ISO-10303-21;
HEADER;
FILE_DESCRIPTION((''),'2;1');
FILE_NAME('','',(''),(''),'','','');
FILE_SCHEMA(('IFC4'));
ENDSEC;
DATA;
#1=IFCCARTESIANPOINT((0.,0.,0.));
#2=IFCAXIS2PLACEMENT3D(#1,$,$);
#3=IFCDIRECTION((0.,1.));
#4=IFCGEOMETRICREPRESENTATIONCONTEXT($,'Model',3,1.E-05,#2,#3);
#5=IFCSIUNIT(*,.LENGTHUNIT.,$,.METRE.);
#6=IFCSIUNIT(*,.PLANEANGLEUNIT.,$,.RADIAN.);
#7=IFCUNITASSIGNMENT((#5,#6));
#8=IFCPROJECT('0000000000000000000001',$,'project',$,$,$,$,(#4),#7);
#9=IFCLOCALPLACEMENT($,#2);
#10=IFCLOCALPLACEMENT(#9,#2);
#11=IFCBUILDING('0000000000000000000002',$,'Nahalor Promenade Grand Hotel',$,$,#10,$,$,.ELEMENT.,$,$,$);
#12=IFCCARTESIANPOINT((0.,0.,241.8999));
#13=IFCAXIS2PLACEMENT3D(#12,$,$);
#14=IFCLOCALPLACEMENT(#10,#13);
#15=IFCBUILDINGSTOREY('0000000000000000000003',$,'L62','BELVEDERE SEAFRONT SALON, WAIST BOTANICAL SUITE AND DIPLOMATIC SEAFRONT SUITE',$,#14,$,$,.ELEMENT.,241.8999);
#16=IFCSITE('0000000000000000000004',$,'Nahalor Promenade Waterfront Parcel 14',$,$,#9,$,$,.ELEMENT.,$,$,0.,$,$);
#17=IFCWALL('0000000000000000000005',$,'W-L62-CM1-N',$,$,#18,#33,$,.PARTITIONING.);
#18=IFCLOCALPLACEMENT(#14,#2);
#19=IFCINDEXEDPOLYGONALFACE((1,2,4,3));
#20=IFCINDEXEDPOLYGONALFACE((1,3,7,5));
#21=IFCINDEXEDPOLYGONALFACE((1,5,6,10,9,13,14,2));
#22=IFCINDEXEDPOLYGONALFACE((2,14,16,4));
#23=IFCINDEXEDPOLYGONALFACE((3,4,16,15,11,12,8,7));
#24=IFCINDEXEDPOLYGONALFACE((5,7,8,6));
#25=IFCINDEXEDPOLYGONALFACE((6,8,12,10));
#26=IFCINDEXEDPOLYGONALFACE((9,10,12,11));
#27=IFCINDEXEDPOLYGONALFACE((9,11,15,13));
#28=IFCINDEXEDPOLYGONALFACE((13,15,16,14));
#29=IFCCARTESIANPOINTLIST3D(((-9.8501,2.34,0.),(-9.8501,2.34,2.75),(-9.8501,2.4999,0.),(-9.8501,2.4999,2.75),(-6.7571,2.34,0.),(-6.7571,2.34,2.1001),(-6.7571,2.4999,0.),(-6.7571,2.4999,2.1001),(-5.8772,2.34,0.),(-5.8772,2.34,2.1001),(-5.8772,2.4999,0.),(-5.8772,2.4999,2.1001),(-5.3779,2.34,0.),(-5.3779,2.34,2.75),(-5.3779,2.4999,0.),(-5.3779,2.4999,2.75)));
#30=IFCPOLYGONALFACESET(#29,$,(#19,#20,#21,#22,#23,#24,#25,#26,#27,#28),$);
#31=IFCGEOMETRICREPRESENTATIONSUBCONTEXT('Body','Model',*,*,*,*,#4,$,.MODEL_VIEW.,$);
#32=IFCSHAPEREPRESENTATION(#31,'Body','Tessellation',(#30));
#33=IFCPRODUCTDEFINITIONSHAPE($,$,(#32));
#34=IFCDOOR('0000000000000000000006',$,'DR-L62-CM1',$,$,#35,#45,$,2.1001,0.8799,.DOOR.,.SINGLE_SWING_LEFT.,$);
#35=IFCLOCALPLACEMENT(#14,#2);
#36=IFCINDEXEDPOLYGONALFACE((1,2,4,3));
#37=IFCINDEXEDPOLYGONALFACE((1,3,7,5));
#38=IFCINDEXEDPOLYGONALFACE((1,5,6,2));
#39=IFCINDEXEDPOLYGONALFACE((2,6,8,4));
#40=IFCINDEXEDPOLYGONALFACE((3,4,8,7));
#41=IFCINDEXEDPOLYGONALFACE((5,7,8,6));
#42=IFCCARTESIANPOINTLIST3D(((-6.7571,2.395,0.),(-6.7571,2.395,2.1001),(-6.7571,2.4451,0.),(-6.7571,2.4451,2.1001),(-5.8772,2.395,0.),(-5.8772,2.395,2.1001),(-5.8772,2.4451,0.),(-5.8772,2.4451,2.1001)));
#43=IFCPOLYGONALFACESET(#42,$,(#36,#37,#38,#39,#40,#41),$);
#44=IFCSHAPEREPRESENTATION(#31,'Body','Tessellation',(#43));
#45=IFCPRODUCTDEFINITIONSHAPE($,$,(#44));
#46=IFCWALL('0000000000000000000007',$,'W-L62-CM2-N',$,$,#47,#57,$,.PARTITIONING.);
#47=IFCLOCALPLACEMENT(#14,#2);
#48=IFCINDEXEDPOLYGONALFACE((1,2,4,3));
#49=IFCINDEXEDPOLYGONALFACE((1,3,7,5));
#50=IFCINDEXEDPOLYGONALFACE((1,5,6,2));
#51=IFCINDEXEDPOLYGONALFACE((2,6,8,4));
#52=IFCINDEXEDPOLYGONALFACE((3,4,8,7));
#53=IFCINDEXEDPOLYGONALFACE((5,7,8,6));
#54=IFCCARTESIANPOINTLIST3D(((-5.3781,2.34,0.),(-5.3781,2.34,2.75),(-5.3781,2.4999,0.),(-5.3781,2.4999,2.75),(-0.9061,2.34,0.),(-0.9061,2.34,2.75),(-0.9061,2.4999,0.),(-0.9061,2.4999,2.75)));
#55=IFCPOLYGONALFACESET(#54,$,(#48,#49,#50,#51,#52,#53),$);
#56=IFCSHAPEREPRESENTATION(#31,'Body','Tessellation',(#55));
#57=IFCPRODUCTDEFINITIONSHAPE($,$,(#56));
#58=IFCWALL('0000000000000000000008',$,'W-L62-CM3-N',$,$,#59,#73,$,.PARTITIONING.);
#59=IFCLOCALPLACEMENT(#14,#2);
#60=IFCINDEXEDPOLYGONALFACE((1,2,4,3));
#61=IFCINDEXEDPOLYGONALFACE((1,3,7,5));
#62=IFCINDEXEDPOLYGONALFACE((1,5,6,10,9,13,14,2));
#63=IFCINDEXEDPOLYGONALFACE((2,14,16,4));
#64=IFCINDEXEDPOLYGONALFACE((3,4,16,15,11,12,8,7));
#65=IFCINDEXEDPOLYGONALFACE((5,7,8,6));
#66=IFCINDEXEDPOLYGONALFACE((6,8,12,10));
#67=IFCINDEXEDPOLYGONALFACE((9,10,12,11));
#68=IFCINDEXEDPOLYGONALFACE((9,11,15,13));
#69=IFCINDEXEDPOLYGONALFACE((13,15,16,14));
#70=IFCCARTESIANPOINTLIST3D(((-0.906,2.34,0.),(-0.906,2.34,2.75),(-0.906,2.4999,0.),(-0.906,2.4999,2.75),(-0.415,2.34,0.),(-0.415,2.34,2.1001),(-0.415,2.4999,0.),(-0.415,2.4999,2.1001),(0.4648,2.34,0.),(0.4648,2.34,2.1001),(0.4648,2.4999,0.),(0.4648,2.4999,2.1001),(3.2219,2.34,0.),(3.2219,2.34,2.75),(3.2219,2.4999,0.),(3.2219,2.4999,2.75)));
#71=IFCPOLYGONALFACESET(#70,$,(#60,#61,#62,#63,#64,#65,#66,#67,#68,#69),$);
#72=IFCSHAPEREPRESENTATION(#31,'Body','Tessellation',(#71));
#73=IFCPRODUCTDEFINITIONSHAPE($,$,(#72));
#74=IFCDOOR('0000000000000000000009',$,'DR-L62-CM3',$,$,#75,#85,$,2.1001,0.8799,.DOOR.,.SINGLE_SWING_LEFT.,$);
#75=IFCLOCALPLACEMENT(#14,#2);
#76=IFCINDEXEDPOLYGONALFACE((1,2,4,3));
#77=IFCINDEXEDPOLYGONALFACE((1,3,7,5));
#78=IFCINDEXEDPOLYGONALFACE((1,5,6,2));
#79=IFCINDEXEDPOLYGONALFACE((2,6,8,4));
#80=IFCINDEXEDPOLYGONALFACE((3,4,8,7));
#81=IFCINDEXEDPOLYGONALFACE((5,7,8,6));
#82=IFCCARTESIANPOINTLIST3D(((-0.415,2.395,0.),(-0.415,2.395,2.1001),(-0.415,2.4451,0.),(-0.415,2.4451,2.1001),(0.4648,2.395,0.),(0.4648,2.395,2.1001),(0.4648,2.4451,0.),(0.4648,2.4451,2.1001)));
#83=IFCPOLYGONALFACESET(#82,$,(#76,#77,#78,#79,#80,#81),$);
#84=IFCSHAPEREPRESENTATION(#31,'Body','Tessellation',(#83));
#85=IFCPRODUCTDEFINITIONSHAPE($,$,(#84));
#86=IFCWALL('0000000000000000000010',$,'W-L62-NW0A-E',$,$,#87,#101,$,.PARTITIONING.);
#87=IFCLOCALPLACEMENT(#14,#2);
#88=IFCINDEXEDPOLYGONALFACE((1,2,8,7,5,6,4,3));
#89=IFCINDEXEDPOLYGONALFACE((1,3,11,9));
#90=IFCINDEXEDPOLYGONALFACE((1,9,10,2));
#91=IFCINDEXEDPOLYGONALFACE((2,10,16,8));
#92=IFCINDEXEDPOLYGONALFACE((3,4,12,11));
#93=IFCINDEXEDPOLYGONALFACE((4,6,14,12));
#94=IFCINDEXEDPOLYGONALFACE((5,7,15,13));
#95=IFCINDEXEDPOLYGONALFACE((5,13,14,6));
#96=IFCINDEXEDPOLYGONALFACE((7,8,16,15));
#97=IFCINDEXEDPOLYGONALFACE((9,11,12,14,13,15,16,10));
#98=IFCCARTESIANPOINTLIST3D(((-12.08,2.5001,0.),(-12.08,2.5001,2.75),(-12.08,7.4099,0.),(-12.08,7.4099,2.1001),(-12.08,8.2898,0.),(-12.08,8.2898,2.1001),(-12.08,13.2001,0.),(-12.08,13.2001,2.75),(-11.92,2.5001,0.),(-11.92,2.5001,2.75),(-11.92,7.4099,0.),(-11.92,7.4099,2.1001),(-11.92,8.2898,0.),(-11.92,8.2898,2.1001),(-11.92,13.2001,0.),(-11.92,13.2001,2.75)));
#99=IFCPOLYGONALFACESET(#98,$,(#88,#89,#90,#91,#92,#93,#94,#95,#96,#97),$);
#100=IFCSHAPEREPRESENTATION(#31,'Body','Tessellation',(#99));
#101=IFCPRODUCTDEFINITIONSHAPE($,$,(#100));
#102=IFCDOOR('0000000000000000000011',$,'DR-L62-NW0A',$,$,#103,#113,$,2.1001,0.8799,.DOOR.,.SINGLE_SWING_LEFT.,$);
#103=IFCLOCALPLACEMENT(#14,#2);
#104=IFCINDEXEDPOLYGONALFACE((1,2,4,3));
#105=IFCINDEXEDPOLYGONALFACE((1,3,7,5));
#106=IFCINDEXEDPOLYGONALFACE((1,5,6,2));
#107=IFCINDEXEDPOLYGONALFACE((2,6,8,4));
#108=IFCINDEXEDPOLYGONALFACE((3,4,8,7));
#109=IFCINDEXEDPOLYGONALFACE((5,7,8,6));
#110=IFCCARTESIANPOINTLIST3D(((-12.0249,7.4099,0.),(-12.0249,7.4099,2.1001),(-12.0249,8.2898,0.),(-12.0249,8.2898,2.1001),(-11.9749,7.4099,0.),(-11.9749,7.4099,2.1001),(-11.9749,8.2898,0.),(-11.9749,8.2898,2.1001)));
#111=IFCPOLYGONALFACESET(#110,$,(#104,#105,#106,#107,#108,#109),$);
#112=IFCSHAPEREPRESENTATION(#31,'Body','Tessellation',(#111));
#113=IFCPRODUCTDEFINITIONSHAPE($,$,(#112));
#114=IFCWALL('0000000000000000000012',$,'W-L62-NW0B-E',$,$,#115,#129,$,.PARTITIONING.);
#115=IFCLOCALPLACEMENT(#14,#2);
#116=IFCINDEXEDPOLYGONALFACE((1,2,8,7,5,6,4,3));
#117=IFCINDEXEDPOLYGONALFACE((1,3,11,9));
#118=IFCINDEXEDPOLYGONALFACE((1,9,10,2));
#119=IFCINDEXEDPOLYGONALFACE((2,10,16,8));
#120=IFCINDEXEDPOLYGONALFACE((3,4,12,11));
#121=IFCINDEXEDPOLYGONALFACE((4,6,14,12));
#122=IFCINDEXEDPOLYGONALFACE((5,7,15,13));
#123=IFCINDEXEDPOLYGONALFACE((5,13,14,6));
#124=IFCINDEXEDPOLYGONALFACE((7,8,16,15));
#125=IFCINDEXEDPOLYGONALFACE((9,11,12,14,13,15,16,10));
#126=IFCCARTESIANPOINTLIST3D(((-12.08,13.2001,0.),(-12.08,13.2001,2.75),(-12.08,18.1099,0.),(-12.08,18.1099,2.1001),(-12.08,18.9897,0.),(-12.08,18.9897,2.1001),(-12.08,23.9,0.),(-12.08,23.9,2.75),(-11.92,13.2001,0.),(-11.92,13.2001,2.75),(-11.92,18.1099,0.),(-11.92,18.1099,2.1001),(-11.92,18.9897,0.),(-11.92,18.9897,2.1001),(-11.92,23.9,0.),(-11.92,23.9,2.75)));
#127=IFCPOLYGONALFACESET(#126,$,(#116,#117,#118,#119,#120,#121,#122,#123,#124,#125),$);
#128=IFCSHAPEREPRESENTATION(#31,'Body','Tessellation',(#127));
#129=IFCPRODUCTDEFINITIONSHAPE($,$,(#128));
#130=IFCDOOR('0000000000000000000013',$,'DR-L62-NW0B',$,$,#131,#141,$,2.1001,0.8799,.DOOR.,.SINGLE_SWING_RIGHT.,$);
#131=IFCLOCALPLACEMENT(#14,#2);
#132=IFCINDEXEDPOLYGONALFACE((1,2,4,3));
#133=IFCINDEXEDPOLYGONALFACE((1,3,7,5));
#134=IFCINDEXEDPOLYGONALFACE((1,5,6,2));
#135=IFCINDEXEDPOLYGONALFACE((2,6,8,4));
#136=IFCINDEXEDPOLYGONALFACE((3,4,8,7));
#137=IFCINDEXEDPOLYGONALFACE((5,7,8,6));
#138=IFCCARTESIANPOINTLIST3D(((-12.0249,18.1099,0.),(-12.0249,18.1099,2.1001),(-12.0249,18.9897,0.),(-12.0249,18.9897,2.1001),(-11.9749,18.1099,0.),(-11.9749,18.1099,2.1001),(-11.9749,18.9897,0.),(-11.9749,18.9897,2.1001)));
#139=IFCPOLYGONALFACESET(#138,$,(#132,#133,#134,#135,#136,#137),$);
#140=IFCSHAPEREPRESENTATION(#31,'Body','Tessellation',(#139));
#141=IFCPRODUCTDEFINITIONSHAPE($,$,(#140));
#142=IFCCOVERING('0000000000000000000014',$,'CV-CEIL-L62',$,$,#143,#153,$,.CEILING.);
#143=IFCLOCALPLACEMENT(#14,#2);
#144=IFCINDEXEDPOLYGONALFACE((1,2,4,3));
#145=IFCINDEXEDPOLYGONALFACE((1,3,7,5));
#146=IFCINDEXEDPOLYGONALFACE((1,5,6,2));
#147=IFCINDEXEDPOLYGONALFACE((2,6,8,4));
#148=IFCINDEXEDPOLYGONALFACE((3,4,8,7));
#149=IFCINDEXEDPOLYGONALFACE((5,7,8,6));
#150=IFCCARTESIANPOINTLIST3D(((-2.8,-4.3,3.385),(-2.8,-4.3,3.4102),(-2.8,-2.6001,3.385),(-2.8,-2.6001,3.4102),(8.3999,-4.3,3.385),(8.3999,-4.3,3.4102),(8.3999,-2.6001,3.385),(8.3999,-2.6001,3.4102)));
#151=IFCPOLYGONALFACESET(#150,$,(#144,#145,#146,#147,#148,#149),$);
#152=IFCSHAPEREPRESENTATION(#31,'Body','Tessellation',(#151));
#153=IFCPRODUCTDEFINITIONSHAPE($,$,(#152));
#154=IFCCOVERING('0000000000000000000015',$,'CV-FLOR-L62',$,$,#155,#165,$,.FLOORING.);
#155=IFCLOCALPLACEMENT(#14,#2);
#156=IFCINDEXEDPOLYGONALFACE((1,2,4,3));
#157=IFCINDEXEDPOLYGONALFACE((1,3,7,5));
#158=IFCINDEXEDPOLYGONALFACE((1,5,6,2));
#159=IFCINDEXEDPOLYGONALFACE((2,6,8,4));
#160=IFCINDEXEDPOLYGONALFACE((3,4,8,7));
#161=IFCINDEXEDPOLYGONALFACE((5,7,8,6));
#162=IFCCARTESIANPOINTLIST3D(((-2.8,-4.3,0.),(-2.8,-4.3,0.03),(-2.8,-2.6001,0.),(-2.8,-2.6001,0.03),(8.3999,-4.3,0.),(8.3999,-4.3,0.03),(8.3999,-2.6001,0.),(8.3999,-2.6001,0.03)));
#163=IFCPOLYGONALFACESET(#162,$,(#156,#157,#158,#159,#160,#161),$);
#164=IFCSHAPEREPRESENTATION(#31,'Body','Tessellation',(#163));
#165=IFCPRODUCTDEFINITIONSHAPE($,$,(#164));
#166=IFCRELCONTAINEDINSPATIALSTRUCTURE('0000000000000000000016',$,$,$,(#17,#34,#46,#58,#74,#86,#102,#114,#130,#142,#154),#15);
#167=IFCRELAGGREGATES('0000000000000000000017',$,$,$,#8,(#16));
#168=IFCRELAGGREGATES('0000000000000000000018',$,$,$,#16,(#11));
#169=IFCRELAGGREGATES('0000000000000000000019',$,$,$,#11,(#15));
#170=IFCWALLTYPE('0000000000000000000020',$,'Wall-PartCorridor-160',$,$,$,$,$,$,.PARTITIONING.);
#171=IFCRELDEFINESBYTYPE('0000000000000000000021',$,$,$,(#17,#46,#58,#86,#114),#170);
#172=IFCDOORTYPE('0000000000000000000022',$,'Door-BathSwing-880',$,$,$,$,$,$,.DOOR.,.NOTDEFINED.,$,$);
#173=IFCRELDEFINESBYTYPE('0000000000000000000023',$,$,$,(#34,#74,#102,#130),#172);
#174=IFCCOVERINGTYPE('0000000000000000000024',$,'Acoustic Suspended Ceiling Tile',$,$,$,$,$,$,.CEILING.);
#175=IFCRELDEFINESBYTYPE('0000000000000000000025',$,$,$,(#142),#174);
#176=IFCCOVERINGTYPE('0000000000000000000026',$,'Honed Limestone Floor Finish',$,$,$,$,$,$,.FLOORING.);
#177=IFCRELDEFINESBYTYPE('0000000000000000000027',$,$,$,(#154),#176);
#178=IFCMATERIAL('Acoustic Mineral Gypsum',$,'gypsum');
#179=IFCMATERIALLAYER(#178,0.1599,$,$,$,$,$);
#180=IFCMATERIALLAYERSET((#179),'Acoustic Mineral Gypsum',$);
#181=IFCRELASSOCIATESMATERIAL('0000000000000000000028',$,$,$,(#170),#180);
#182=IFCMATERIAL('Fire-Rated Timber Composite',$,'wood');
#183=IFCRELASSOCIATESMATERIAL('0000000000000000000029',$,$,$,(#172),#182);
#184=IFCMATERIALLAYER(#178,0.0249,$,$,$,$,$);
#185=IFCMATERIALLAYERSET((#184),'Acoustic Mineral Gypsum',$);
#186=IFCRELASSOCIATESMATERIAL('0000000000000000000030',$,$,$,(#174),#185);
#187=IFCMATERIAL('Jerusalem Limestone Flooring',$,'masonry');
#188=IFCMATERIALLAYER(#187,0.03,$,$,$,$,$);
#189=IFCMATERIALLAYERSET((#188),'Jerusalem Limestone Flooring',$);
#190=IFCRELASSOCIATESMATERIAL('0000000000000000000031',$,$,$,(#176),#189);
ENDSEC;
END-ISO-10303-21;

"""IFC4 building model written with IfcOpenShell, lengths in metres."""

from ifc_helpers import new_model, si_unit, direction, frame, frame_2d, origin, place, context, subcontext, project, spatial, polyline, rectangle, outline, extrude, source, transform, mapped, material, layer, layer_set, type_object, element, fill, save


model = new_model("IFC4")

# Units and contexts
model_context = context("Model", 3, precision=1e-05, world=origin(), true_north=direction((0.0, 1.0)))
body_context = subcontext(model_context, "Body", "Model", "MODEL_VIEW")
ifc_project = project(units=[si_unit("LENGTHUNIT", "METRE"), si_unit("PLANEANGLEUNIT", "RADIAN")], contexts=[model_context])

# Site, building, storey
site_placement = place(None, origin())
site = spatial("IfcSite", under=ifc_project, at=site_placement, Name="Nahalor Promenade Waterfront Parcel 14", CompositionType="ELEMENT", RefElevation=0.0)
building_placement = place(site_placement, origin())
building = spatial("IfcBuilding", under=site, at=building_placement, Name="Nahalor Promenade Grand Hotel", CompositionType="ELEMENT")
storey_placement = place(building_placement, frame((0.0, 0.0, 241.8999)))
storey = spatial("IfcBuildingStorey", under=building, at=storey_placement, Name="L62", Description="BELVEDERE SEAFRONT SALON, WAIST BOTANICAL SUITE AND DIPLOMATIC SEAFRONT SUITE", CompositionType="ELEMENT", Elevation=241.8999)

# Shared definitions
ifc_material_1 = material(Name="Acoustic Mineral Gypsum", Category="gypsum")

# Shared definitions
ifc_layer_1 = layer(ifc_material_1, 0.1599)
ifc_layer_set_1 = layer_set([ifc_layer_1], Name="Acoustic Mineral Gypsum")
wall_type_1 = type_object("IfcWallType", Name="Wall-PartCorridor-160", PredefinedType="PARTITIONING", material=ifc_layer_set_1)
ifc_material_2 = material(Name="Fire-Rated Timber Composite", Category="wood")

# Wall, opening, door
shared_shape_1 = source(origin(), body_context, "Body", "SweptSolid", [
    extrude(rectangle(XDim=4.4722, YDim=0.1599, at=frame_2d((2.2361, 0.0))), origin(), (0.0, 0.0, 1.0), 2.75),
])
wall_1_placement = place(storey_placement, frame((-9.8501, 2.4199, 0.0), z_axis=(0.0, 0.0, 1.0), x_axis=(1.0, 0.0, 0.0)))
wall_1 = element("IfcWall", 1, at=wall_1_placement, inside=storey, type_object=wall_type_1, Name="W-L62-CM1-N", PredefinedType="PARTITIONING", context=body_context, shape_type="MappedRepresentation", body=[
    mapped(shared_shape_1, transform((0.0, 0.0, 0.0), scale=1.0)),
])
opening_1_placement = place(wall_1_placement, frame((3.093, 0.0, 0.0)))
opening_1 = element("IfcOpeningElement", 2, at=opening_1_placement, cuts=wall_1, PredefinedType="OPENING", context=body_context, shape_type="SweptSolid", body=[
    extrude(rectangle(XDim=0.8799, YDim=2.1001, at=frame_2d((0.4399, 1.05))), frame((0.0, 0.0898, 0.0), z_axis=(0.0, -1.0, 0.0), x_axis=(1.0, 0.0, 0.0)), (0.0, 0.0, 1.0), 0.1799),
])
door_type_1 = type_object("IfcDoorType", Name="Door-BathSwing-880", OperationType="NOTDEFINED", PredefinedType="DOOR", material=ifc_material_2)
shared_shape_2 = source(origin(), body_context, "Body", "SweptSolid", [
    extrude(rectangle(XDim=0.8799, YDim=2.1001, at=frame_2d((0.4399, 1.05))), frame((0.0, 0.0249, 0.0), z_axis=(0.0, -1.0, 0.0), x_axis=(1.0, 0.0, 0.0)), (0.0, 0.0, 1.0), 0.05),
])
door_1_placement = place(opening_1_placement, frame((0.8799, 0.0, 0.0), z_axis=(0.0, 0.0, 1.0), x_axis=(-1.0, 0.0, 0.0)))
door_1 = element("IfcDoor", 3, at=door_1_placement, inside=storey, type_object=door_type_1, Name="DR-L62-CM1", OperationType="SINGLE_SWING_LEFT", OverallHeight=2.1001, OverallWidth=0.8799, PredefinedType="DOOR", context=body_context, shape_type="MappedRepresentation", body=[
    mapped(shared_shape_2, transform((0.0, 0.0, 0.0), scale=1.0)),
])
fill(opening_1, door_1)

# Wall
shared_shape_3 = source(origin(), body_context, "Body", "SweptSolid", [
    extrude(rectangle(XDim=4.4719, YDim=0.1599, at=frame_2d((2.2358, 0.0))), origin(), (0.0, 0.0, 1.0), 2.75),
])
wall_2_placement = place(storey_placement, frame((-5.3779, 2.4199, 0.0), z_axis=(0.0, 0.0, 1.0), x_axis=(1.0, 0.0, 0.0)))
element("IfcWall", 4, at=wall_2_placement, inside=storey, type_object=wall_type_1, Name="W-L62-CM2-N", PredefinedType="PARTITIONING", context=body_context, shape_type="MappedRepresentation", body=[
    mapped(shared_shape_3, transform((0.0, 0.0, 0.0), scale=1.0)),
])

# Walls, openings, doors
shared_shape_4 = source(origin(), body_context, "Body", "SweptSolid", [
    extrude(rectangle(XDim=4.1279, YDim=0.1599, at=frame_2d((2.064, 0.0))), origin(), (0.0, 0.0, 1.0), 2.75),
])
wall_3_placement = place(storey_placement, frame((-0.906, 2.4199, 0.0), z_axis=(0.0, 0.0, 1.0), x_axis=(1.0, 0.0, 0.0)))
wall_3 = element("IfcWall", 5, at=wall_3_placement, inside=storey, type_object=wall_type_1, Name="W-L62-CM3-N", PredefinedType="PARTITIONING", context=body_context, shape_type="MappedRepresentation", body=[
    mapped(shared_shape_4, transform((0.0, 0.0, 0.0), scale=1.0)),
])
opening_2_placement = place(wall_3_placement, frame((0.491, 0.0, 0.0)))
opening_2 = element("IfcOpeningElement", 6, at=opening_2_placement, cuts=wall_3, PredefinedType="OPENING", context=body_context, shape_type="SweptSolid", body=[
    extrude(rectangle(XDim=0.8799, YDim=2.1001, at=frame_2d((0.4399, 1.05))), frame((0.0, 0.0898, 0.0), z_axis=(0.0, -1.0, 0.0), x_axis=(1.0, 0.0, 0.0)), (0.0, 0.0, 1.0), 0.1799),
])
door_2_placement = place(opening_2_placement, frame((0.8799, 0.0, 0.0), z_axis=(0.0, 0.0, 1.0), x_axis=(-1.0, 0.0, 0.0)))
door_2 = element("IfcDoor", 7, at=door_2_placement, inside=storey, type_object=door_type_1, Name="DR-L62-CM3", OperationType="SINGLE_SWING_LEFT", OverallHeight=2.1001, OverallWidth=0.8799, PredefinedType="DOOR", context=body_context, shape_type="MappedRepresentation", body=[
    mapped(shared_shape_2, transform((0.0, 0.0, 0.0), scale=1.0)),
])
fill(opening_2, door_2)
shared_shape_5 = source(origin(), body_context, "Body", "SweptSolid", [
    extrude(rectangle(XDim=10.7, YDim=0.1599, at=frame_2d((5.3501, 0.0))), origin(), (0.0, 0.0, 1.0), 2.75),
])
wall_4_placement = place(storey_placement, frame((-12.0, 2.5, 0.0), z_axis=(0.0, 0.0, 1.0), x_axis=(0.0, 1.0, 0.0)))
wall_4 = element("IfcWall", 8, at=wall_4_placement, inside=storey, type_object=wall_type_1, Name="W-L62-NW0A-E", PredefinedType="PARTITIONING", context=body_context, shape_type="MappedRepresentation", body=[
    mapped(shared_shape_5, transform((0.0, 0.0, 0.0), scale=1.0)),
])
opening_3_placement = place(wall_4_placement, frame((4.9099, 0.0, 0.0)))
opening_3 = element("IfcOpeningElement", 9, at=opening_3_placement, cuts=wall_4, PredefinedType="OPENING", context=body_context, shape_type="SweptSolid", body=[
    extrude(rectangle(XDim=0.8799, YDim=2.1001, at=frame_2d((0.4399, 1.05))), frame((0.0, 0.0898, 0.0), z_axis=(0.0, -1.0, 0.0), x_axis=(1.0, 0.0, 0.0)), (0.0, 0.0, 1.0), 0.1799),
])
door_3_placement = place(opening_3_placement, origin())
door_3 = element("IfcDoor", 10, at=door_3_placement, inside=storey, type_object=door_type_1, Name="DR-L62-NW0A", OperationType="SINGLE_SWING_LEFT", OverallHeight=2.1001, OverallWidth=0.8799, PredefinedType="DOOR", context=body_context, shape_type="MappedRepresentation", body=[
    mapped(shared_shape_2, transform((0.0, 0.0, 0.0), scale=1.0)),
])
fill(opening_3, door_3)
wall_5_placement = place(storey_placement, frame((-12.0, 13.2, 0.0), z_axis=(0.0, 0.0, 1.0), x_axis=(0.0, 1.0, 0.0)))
wall_5 = element("IfcWall", 11, at=wall_5_placement, inside=storey, type_object=wall_type_1, Name="W-L62-NW0B-E", PredefinedType="PARTITIONING", context=body_context, shape_type="MappedRepresentation", body=[
    mapped(shared_shape_5, transform((0.0, 0.0, 0.0), scale=1.0)),
])
opening_4_placement = place(wall_5_placement, frame((4.9099, 0.0, 0.0)))
opening_4 = element("IfcOpeningElement", 12, at=opening_4_placement, cuts=wall_5, PredefinedType="OPENING", context=body_context, shape_type="SweptSolid", body=[
    extrude(rectangle(XDim=0.8799, YDim=2.1001, at=frame_2d((0.4399, 1.05))), frame((0.0, 0.0898, 0.0), z_axis=(0.0, -1.0, 0.0), x_axis=(1.0, 0.0, 0.0)), (0.0, 0.0, 1.0), 0.1799),
])
door_4_placement = place(opening_4_placement, origin())
door_4 = element("IfcDoor", 13, at=door_4_placement, inside=storey, type_object=door_type_1, Name="DR-L62-NW0B", OperationType="SINGLE_SWING_RIGHT", OverallHeight=2.1001, OverallWidth=0.8799, PredefinedType="DOOR", context=body_context, shape_type="MappedRepresentation", body=[
    mapped(shared_shape_2, transform((0.0, 0.0, 0.0), scale=1.0)),
])
fill(opening_4, door_4)

# Coverings
ifc_layer_2 = layer(ifc_material_1, 0.0249)
ifc_layer_set_2 = layer_set([ifc_layer_2], Name="Acoustic Mineral Gypsum")
covering_type_1 = type_object("IfcCoveringType", Name="Acoustic Suspended Ceiling Tile", PredefinedType="CEILING", material=ifc_layer_set_2)
covering_1_placement = place(storey_placement, frame((0.0, 0.0, 3.385)))
element("IfcCovering", 14, at=covering_1_placement, inside=storey, type_object=covering_type_1, Name="CV-CEIL-L62", PredefinedType="CEILING", context=body_context, shape_type="SweptSolid", body=[
    extrude(outline(polyline([(-2.8, -4.3), (8.3999, -4.3), (8.3999, -2.6001), (-2.8, -2.6001), (-2.8, -4.3)])), origin(), (0.0, 0.0, 1.0), 0.0251),
])
ifc_material_3 = material(Name="Jerusalem Limestone Flooring", Category="masonry")
ifc_layer_3 = layer(ifc_material_3, 0.03)
ifc_layer_set_3 = layer_set([ifc_layer_3], Name="Jerusalem Limestone Flooring")
covering_type_2 = type_object("IfcCoveringType", Name="Honed Limestone Floor Finish", PredefinedType="FLOORING", material=ifc_layer_set_3)
covering_2_placement = place(storey_placement, origin())
element("IfcCovering", 15, at=covering_2_placement, inside=storey, type_object=covering_type_2, Name="CV-FLOR-L62", PredefinedType="FLOORING", context=body_context, shape_type="SweptSolid", body=[
    extrude(outline(polyline([(-2.8, -4.3), (8.3999, -4.3), (8.3999, -2.6001), (-2.8, -2.6001), (-2.8, -4.3)])), origin(), (0.0, 0.0, 1.0), 0.03),
])

save(model, "model.ifc")
